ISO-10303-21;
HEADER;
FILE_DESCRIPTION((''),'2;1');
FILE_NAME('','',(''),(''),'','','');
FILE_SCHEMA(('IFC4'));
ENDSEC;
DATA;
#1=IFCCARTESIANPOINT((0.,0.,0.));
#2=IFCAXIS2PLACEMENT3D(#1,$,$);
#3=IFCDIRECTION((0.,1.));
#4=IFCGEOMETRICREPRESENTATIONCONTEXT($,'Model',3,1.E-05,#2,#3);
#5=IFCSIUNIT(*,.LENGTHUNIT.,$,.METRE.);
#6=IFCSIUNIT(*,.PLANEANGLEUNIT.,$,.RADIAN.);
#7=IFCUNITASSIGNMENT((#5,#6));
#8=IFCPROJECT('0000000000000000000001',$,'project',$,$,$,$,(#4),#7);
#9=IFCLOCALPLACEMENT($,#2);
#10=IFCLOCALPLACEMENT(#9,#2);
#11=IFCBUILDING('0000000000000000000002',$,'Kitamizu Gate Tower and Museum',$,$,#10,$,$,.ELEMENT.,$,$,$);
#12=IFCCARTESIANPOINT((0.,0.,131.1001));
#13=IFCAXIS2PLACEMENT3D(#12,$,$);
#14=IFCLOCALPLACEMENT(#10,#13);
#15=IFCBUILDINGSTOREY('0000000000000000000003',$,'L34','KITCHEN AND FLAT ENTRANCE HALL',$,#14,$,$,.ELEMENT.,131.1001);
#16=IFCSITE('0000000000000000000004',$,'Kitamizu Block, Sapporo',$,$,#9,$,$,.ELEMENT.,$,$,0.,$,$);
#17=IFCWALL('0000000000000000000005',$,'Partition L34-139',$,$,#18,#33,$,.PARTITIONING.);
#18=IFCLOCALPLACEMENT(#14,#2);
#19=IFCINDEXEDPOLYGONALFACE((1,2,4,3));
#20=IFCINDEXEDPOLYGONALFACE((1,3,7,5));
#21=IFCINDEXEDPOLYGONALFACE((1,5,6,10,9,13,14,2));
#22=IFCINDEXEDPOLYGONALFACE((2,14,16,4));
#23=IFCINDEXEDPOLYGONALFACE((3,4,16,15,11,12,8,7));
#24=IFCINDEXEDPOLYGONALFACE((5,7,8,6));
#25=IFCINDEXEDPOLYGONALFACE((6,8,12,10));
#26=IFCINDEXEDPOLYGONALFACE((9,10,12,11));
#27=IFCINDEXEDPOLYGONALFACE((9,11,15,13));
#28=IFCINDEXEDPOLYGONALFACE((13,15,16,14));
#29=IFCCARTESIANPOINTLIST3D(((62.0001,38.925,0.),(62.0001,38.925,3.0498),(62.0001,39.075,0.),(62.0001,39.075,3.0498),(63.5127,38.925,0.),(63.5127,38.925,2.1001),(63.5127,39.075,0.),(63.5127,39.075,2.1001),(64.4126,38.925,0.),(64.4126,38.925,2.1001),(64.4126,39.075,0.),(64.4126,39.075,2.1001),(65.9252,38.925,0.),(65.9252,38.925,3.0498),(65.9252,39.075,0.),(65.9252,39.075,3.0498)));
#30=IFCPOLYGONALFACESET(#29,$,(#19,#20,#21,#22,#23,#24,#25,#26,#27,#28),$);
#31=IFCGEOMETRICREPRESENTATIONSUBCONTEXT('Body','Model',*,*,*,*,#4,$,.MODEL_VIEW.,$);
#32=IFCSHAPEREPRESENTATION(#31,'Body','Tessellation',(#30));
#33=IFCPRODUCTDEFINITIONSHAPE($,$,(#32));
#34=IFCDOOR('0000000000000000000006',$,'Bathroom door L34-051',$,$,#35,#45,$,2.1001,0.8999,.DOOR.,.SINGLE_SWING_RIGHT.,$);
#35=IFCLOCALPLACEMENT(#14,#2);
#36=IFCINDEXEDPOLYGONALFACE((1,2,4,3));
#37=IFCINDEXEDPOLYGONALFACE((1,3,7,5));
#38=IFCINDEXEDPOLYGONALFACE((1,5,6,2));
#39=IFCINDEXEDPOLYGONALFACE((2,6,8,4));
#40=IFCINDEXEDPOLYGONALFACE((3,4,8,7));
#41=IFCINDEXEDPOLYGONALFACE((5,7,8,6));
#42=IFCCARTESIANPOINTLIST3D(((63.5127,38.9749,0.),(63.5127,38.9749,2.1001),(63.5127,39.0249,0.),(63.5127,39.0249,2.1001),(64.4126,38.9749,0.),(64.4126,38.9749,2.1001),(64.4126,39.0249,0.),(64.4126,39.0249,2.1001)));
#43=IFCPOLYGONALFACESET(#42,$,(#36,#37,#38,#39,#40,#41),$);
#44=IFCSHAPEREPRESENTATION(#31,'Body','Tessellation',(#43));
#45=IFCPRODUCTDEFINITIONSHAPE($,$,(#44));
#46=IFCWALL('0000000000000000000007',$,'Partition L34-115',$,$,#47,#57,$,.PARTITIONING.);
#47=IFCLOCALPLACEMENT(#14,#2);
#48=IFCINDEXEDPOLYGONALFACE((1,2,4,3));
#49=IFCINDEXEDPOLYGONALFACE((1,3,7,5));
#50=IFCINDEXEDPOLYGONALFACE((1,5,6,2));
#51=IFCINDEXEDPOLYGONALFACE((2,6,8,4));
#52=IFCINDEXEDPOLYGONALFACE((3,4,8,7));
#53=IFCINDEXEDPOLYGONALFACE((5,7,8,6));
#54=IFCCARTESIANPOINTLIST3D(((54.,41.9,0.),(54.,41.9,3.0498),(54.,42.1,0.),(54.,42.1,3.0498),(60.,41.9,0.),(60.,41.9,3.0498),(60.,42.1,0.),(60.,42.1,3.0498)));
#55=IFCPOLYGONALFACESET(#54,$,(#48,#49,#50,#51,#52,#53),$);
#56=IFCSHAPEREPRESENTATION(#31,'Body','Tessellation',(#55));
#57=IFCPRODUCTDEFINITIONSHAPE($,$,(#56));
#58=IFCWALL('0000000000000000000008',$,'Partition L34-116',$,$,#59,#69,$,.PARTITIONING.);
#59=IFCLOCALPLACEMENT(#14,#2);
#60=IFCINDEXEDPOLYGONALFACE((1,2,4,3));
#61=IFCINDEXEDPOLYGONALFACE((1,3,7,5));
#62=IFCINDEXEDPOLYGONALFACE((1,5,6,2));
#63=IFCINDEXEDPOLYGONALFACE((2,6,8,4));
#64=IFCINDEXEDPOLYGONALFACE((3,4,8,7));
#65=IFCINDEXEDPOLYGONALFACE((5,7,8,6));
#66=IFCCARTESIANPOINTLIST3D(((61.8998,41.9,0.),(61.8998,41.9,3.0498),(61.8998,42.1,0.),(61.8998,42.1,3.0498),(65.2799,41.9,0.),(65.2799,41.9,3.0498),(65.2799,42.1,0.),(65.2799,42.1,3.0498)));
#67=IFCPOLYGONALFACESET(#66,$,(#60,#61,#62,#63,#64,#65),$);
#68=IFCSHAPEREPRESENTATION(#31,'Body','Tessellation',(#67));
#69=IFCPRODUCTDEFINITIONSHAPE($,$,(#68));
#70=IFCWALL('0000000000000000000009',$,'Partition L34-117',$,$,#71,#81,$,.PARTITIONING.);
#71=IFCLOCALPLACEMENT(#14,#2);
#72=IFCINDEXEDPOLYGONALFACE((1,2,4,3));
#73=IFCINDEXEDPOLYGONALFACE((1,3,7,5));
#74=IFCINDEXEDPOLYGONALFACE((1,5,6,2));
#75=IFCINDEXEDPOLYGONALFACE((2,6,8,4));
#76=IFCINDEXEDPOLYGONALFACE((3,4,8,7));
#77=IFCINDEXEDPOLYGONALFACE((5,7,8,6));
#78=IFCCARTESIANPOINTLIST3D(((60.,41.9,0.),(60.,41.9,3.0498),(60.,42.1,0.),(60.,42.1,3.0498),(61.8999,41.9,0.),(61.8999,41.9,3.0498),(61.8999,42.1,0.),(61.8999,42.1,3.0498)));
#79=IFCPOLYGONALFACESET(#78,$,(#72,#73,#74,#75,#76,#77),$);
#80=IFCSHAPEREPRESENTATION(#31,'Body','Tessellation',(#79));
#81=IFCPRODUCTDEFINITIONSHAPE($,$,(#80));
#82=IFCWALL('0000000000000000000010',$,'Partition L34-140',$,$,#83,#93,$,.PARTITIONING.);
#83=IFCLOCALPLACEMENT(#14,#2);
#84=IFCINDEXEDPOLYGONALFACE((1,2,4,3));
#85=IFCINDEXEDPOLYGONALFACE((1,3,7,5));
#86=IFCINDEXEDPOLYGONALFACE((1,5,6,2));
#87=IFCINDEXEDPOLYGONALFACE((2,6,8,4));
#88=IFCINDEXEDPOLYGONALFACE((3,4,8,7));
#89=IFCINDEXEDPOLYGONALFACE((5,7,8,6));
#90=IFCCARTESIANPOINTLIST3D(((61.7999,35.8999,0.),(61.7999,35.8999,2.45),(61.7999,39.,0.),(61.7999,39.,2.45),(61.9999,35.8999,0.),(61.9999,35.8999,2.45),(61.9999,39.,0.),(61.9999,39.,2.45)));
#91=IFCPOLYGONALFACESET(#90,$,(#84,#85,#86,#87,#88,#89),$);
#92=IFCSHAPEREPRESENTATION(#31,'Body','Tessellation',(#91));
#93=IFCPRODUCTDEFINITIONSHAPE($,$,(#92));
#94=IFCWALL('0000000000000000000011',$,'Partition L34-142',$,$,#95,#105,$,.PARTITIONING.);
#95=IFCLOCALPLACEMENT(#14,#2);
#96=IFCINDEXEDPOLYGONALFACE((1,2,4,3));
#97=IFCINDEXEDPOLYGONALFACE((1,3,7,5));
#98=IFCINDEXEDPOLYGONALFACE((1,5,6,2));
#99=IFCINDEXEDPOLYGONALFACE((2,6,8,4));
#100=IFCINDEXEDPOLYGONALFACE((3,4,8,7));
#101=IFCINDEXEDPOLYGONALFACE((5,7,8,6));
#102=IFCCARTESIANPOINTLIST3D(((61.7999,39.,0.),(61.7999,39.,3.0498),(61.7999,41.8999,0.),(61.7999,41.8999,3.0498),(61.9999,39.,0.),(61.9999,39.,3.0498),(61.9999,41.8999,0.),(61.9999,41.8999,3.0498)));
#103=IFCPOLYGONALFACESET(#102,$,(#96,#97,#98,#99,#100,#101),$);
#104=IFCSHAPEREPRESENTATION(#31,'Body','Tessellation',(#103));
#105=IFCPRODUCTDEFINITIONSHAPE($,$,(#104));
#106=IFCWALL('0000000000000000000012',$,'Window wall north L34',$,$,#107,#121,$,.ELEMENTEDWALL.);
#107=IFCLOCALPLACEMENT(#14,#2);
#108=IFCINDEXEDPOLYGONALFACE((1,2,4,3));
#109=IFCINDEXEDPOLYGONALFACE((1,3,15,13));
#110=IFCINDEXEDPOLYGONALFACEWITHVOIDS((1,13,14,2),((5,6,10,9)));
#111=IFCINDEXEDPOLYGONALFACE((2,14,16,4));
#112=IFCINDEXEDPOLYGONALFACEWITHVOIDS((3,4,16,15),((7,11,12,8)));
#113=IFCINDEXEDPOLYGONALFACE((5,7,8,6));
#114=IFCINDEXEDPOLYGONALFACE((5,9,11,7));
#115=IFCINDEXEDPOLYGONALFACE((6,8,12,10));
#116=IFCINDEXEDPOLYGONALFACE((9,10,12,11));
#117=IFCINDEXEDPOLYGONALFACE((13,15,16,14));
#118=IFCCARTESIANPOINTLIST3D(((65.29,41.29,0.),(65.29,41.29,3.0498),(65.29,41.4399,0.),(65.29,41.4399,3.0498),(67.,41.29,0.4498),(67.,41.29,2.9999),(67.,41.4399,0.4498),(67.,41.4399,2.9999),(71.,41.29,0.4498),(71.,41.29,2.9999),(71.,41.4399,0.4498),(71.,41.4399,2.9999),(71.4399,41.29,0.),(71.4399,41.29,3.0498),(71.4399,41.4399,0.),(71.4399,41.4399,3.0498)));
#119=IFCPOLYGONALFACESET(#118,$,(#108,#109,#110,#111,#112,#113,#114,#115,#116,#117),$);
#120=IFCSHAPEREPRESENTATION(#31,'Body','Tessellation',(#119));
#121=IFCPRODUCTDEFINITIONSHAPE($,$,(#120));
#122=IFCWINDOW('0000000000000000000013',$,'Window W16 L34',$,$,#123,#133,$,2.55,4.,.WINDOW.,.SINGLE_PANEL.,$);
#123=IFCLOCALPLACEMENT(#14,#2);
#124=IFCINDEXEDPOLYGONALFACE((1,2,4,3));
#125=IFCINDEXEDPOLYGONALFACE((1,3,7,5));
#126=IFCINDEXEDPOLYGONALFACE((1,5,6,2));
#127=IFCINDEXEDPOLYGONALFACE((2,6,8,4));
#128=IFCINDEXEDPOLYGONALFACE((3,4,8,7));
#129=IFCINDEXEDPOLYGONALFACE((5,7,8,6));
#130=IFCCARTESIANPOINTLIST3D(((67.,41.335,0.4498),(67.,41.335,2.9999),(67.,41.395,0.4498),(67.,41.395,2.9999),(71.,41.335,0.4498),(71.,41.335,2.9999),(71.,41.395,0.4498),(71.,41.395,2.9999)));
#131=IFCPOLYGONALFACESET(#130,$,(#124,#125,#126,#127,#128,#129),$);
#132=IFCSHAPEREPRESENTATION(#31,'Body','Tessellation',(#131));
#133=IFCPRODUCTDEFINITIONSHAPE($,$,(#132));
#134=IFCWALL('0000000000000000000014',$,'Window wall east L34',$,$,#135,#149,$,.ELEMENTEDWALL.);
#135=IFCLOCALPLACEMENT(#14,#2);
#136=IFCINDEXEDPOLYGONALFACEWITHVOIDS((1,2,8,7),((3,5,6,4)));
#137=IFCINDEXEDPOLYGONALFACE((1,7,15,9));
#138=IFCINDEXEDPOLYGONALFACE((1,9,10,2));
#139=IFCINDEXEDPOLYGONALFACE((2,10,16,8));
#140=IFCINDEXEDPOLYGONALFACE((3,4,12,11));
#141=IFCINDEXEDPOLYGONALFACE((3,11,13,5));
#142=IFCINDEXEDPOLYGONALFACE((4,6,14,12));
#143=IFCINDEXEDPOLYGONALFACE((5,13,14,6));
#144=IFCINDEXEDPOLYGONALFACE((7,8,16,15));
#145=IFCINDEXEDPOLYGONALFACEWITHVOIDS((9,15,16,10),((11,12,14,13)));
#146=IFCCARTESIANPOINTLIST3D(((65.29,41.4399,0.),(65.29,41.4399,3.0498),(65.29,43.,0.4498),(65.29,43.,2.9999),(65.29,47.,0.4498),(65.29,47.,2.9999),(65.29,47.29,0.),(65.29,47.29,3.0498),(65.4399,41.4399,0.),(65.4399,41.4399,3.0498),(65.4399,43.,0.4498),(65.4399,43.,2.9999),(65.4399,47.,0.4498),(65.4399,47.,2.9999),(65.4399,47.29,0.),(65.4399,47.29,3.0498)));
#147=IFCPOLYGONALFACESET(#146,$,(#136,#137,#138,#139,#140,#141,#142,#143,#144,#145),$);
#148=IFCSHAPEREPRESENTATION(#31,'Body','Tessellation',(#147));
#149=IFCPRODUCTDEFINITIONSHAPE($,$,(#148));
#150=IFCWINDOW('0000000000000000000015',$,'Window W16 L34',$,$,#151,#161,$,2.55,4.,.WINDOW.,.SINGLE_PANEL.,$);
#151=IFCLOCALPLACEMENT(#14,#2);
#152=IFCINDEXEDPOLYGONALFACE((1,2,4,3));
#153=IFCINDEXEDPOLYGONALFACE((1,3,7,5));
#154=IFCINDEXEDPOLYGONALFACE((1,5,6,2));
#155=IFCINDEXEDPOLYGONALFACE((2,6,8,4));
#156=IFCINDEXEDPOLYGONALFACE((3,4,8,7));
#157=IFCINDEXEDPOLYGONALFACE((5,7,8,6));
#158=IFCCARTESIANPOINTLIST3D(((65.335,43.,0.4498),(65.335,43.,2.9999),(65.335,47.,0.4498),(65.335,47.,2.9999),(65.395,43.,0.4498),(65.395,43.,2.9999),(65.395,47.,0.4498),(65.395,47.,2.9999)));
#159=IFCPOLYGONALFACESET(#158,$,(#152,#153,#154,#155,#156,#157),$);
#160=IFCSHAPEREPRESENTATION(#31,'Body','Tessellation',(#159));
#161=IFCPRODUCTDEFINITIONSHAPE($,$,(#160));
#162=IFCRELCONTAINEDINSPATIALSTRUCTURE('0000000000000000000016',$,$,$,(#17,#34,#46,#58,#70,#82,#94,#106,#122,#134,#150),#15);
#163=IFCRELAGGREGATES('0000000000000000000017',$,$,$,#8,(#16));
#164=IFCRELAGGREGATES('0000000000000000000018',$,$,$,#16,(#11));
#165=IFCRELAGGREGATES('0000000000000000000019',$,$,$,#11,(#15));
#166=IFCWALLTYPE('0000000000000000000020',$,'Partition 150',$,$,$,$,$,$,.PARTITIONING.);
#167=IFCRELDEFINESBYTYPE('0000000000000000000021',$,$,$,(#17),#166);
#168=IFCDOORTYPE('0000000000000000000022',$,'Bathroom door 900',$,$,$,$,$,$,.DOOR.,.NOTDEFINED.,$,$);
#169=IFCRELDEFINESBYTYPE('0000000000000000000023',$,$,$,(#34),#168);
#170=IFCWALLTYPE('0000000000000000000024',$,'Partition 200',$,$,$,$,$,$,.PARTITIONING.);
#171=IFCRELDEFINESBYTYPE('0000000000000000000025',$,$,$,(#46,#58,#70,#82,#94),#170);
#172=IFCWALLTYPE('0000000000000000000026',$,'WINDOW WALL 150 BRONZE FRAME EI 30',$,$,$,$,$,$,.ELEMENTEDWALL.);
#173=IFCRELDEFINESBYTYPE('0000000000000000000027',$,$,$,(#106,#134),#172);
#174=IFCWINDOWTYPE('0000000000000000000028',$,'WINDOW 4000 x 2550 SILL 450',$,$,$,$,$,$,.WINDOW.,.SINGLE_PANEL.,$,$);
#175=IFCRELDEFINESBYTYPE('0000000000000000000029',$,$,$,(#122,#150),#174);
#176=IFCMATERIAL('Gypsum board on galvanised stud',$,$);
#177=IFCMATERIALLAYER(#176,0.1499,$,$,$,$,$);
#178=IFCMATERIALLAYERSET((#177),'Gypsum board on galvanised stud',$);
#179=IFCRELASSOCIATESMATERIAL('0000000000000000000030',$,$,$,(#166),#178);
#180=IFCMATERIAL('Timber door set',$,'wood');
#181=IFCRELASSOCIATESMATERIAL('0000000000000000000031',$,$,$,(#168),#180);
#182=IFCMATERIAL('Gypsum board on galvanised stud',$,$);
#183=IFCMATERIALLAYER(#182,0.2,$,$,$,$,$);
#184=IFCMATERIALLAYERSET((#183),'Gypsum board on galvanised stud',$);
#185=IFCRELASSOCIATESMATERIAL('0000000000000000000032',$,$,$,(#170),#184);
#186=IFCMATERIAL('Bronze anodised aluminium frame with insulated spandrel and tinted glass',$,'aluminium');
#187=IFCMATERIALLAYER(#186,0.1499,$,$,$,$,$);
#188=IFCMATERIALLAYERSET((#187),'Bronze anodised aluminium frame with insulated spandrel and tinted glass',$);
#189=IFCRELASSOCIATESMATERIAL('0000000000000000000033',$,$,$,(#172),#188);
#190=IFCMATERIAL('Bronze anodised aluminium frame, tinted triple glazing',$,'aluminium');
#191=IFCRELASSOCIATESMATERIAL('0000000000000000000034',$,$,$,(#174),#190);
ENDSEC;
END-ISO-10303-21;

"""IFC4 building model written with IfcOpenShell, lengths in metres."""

from ifc_helpers import new_model, si_unit, direction, frame, frame_2d, origin, place, context, subcontext, project, spatial, rectangle, extrude, material, layer, layer_set, type_object, element, fill, save


model = new_model("IFC4")

# Units and contexts
model_context = context("Model", 3, precision=1e-05, world=origin(), true_north=direction((0.0, 1.0)))
body_context = subcontext(model_context, "Body", "Model", "MODEL_VIEW")
ifc_project = project(units=[si_unit("LENGTHUNIT", "METRE"), si_unit("PLANEANGLEUNIT", "RADIAN")], contexts=[model_context])

# Site, building, storey
site_placement = place(None, origin())
site = spatial("IfcSite", under=ifc_project, at=site_placement, Name="Kitamizu Block, Sapporo", CompositionType="ELEMENT", RefElevation=0.0)
building_placement = place(site_placement, origin())
building = spatial("IfcBuilding", under=site, at=building_placement, Name="Kitamizu Gate Tower and Museum", CompositionType="ELEMENT")
storey_placement = place(building_placement, frame((0.0, 0.0, 131.1001)))
storey = spatial("IfcBuildingStorey", under=building, at=storey_placement, Name="L34", Description="KITCHEN AND FLAT ENTRANCE HALL", CompositionType="ELEMENT", Elevation=131.1001)

# Shared definitions
ifc_material_1 = material(Name="Gypsum board on galvanised stud")
ifc_layer_1 = layer(ifc_material_1, 0.1499)
ifc_layer_set_1 = layer_set([ifc_layer_1], Name="Gypsum board on galvanised stud")
wall_type_1 = type_object("IfcWallType", Name="Partition 150", PredefinedType="PARTITIONING", material=ifc_layer_set_1)

# Wall, opening, door
wall_1_placement = place(storey_placement, frame((65.925, 39.0, 0.0), z_axis=(0.0, 0.0, 1.0), x_axis=(-1.0, 0.0, 0.0)))
wall_1 = element("IfcWall", 1, at=wall_1_placement, inside=storey, type_object=wall_type_1, Name="Partition L34-139", PredefinedType="PARTITIONING", context=body_context, shape_type="SweptSolid", body=[
    extrude(rectangle(XDim=3.925, YDim=0.1499, at=frame_2d((1.9624, 0.0))), origin(), (0.0, 0.0, 1.0), 3.0498),
])
opening_1_placement = place(wall_1_placement, frame((1.5125, 0.0, 0.0)))
opening_1 = element("IfcOpeningElement", 2, at=opening_1_placement, cuts=wall_1, PredefinedType="OPENING", context=body_context, shape_type="SweptSolid", body=[
    extrude(rectangle(XDim=0.8999, YDim=2.1001, at=frame_2d((0.45, 1.05))), frame((0.0, 0.085, 0.0), z_axis=(0.0, -1.0, 0.0), x_axis=(1.0, 0.0, 0.0)), (0.0, 0.0, 1.0), 0.1699),
])
ifc_material_2 = material(Name="Timber door set", Category="wood")
door_type_1 = type_object("IfcDoorType", Name="Bathroom door 900", OperationType="NOTDEFINED", PredefinedType="DOOR", material=ifc_material_2)
door_1_placement = place(opening_1_placement, frame((0.8999, 0.0, 0.0), x_axis=(-1.0, 0.0, 0.0)))
door_1 = element("IfcDoor", 3, at=door_1_placement, inside=storey, type_object=door_type_1, Name="Bathroom door L34-051", OperationType="SINGLE_SWING_RIGHT", OverallHeight=2.1001, OverallWidth=0.8999, PredefinedType="DOOR", context=body_context, shape_type="SweptSolid", body=[
    extrude(rectangle(XDim=0.8999, YDim=2.1001, at=frame_2d((0.45, 1.05))), frame((0.0, 0.0249, 0.0), z_axis=(0.0, -1.0, 0.0), x_axis=(1.0, 0.0, 0.0)), (0.0, 0.0, 1.0), 0.05),
])
fill(opening_1, door_1)

# Walls
ifc_material_3 = material(Name="Gypsum board on galvanised stud")
ifc_layer_2 = layer(ifc_material_3, 0.2)
ifc_layer_set_2 = layer_set([ifc_layer_2], Name="Gypsum board on galvanised stud")
wall_type_2 = type_object("IfcWallType", Name="Partition 200", PredefinedType="PARTITIONING", material=ifc_layer_set_2)
wall_2_placement = place(storey_placement, frame((54.0, 42.0, 0.0), z_axis=(0.0, 0.0, 1.0), x_axis=(1.0, 0.0, 0.0)))
element("IfcWall", 4, at=wall_2_placement, inside=storey, type_object=wall_type_2, Name="Partition L34-115", PredefinedType="PARTITIONING", context=body_context, shape_type="SweptSolid", body=[
    extrude(rectangle(XDim=6.0, YDim=0.2, at=frame_2d((3.0, 0.0))), origin(), (0.0, 0.0, 1.0), 3.0498),
])
wall_3_placement = place(storey_placement, frame((61.8999, 42.0, 0.0), z_axis=(0.0, 0.0, 1.0), x_axis=(1.0, 0.0, 0.0)))
element("IfcWall", 5, at=wall_3_placement, inside=storey, type_object=wall_type_2, Name="Partition L34-116", PredefinedType="PARTITIONING", context=body_context, shape_type="SweptSolid", body=[
    extrude(rectangle(XDim=3.3801, YDim=0.2, at=frame_2d((1.6899, 0.0))), origin(), (0.0, 0.0, 1.0), 3.0498),
])
wall_4_placement = place(storey_placement, frame((60.0, 42.0, 0.0), z_axis=(0.0, 0.0, 1.0), x_axis=(1.0, 0.0, 0.0)))
element("IfcWall", 6, at=wall_4_placement, inside=storey, type_object=wall_type_2, Name="Partition L34-117", PredefinedType="PARTITIONING", context=body_context, shape_type="SweptSolid", body=[
    extrude(rectangle(XDim=1.8999, YDim=0.2, at=frame_2d((0.95, 0.0))), origin(), (0.0, 0.0, 1.0), 3.0498),
])
wall_5_placement = place(storey_placement, frame((61.8999, 39.0, 0.0), z_axis=(0.0, 0.0, 1.0), x_axis=(0.0, -1.0, 0.0)))
element("IfcWall", 7, at=wall_5_placement, inside=storey, type_object=wall_type_2, Name="Partition L34-140", PredefinedType="PARTITIONING", context=body_context, shape_type="SweptSolid", body=[
    extrude(rectangle(XDim=3.1001, YDim=0.2, at=frame_2d((1.55, 0.0))), origin(), (0.0, 0.0, 1.0), 2.45),
])
wall_6_placement = place(storey_placement, frame((61.8999, 41.8999, 0.0), z_axis=(0.0, 0.0, 1.0), x_axis=(0.0, -1.0, 0.0)))
element("IfcWall", 8, at=wall_6_placement, inside=storey, type_object=wall_type_2, Name="Partition L34-142", PredefinedType="PARTITIONING", context=body_context, shape_type="SweptSolid", body=[
    extrude(rectangle(XDim=2.8999, YDim=0.2, at=frame_2d((1.45, 0.0))), origin(), (0.0, 0.0, 1.0), 3.0498),
])

# Walls, openings, windows
ifc_material_4 = material(Name="Bronze anodised aluminium frame with insulated spandrel and tinted glass", Category="aluminium")
ifc_layer_3 = layer(ifc_material_4, 0.1499)
ifc_layer_set_3 = layer_set([ifc_layer_3], Name="Bronze anodised aluminium frame with insulated spandrel and tinted glass")
wall_type_3 = type_object("IfcWallType", Name="WINDOW WALL 150 BRONZE FRAME EI 30", PredefinedType="ELEMENTEDWALL", material=ifc_layer_set_3)
wall_7_placement = place(storey_placement, frame((65.29, 41.365, 0.0), z_axis=(0.0, 0.0, 1.0), x_axis=(1.0, 0.0, 0.0)))
wall_7 = element("IfcWall", 9, at=wall_7_placement, inside=storey, type_object=wall_type_3, Name="Window wall north L34", PredefinedType="ELEMENTEDWALL", context=body_context, shape_type="SweptSolid", body=[
    extrude(rectangle(XDim=6.1499, YDim=0.1499, at=frame_2d((3.075, 0.0))), origin(), (0.0, 0.0, 1.0), 3.0498),
])
opening_2_placement = place(wall_7_placement, frame((1.71, 0.0, 0.45)))
opening_2 = element("IfcOpeningElement", 10, at=opening_2_placement, cuts=wall_7, PredefinedType="OPENING", context=body_context, shape_type="SweptSolid", body=[
    extrude(rectangle(XDim=4.0, YDim=2.55, at=frame_2d((2.0, 1.2749))), frame((0.0, 0.085, 0.0), z_axis=(0.0, -1.0, 0.0), x_axis=(1.0, 0.0, 0.0)), (0.0, 0.0, 1.0), 0.1699),
])
ifc_material_5 = material(Name="Bronze anodised aluminium frame, tinted triple glazing", Category="aluminium")
window_type = type_object("IfcWindowType", Name="WINDOW 4000 x 2550 SILL 450", PartitioningType="SINGLE_PANEL", PredefinedType="WINDOW", material=ifc_material_5)
window_1_placement = place(opening_2_placement, origin())
window_1 = element("IfcWindow", 11, at=window_1_placement, inside=storey, type_object=window_type, Name="Window W16 L34", OverallHeight=2.55, OverallWidth=4.0, PartitioningType="SINGLE_PANEL", PredefinedType="WINDOW", context=body_context, shape_type="SweptSolid", body=[
    extrude(rectangle(XDim=4.0, YDim=2.55, at=frame_2d((2.0, 1.2749))), frame((0.0, 0.03, 0.0), z_axis=(0.0, -1.0, 0.0), x_axis=(1.0, 0.0, 0.0)), (0.0, 0.0, 1.0), 0.0601),
])
fill(opening_2, window_1)
wall_8_placement = place(storey_placement, frame((65.365, 41.4399, 0.0), z_axis=(0.0, 0.0, 1.0), x_axis=(0.0, 1.0, 0.0)))
wall_8 = element("IfcWall", 12, at=wall_8_placement, inside=storey, type_object=wall_type_3, Name="Window wall east L34", PredefinedType="ELEMENTEDWALL", context=body_context, shape_type="SweptSolid", body=[
    extrude(rectangle(XDim=5.8501, YDim=0.1499, at=frame_2d((2.925, 0.0))), origin(), (0.0, 0.0, 1.0), 3.0498),
])
opening_3_placement = place(wall_8_placement, frame((1.5601, 0.0, 0.45)))
opening_3 = element("IfcOpeningElement", 13, at=opening_3_placement, cuts=wall_8, PredefinedType="OPENING", context=body_context, shape_type="SweptSolid", body=[
    extrude(rectangle(XDim=4.0, YDim=2.55, at=frame_2d((2.0, 1.2749))), frame((0.0, 0.085, 0.0), z_axis=(0.0, -1.0, 0.0), x_axis=(1.0, 0.0, 0.0)), (0.0, 0.0, 1.0), 0.1699),
])
window_2_placement = place(opening_3_placement, origin())
window_2 = element("IfcWindow", 14, at=window_2_placement, inside=storey, type_object=window_type, Name="Window W16 L34", OverallHeight=2.55, OverallWidth=4.0, PartitioningType="SINGLE_PANEL", PredefinedType="WINDOW", context=body_context, shape_type="SweptSolid", body=[
    extrude(rectangle(XDim=4.0, YDim=2.55, at=frame_2d((2.0, 1.2749))), frame((0.0, 0.03, 0.0), z_axis=(0.0, -1.0, 0.0), x_axis=(1.0, 0.0, 0.0)), (0.0, 0.0, 1.0), 0.0601),
])
fill(opening_3, window_2)

save(model, "model.ifc")
